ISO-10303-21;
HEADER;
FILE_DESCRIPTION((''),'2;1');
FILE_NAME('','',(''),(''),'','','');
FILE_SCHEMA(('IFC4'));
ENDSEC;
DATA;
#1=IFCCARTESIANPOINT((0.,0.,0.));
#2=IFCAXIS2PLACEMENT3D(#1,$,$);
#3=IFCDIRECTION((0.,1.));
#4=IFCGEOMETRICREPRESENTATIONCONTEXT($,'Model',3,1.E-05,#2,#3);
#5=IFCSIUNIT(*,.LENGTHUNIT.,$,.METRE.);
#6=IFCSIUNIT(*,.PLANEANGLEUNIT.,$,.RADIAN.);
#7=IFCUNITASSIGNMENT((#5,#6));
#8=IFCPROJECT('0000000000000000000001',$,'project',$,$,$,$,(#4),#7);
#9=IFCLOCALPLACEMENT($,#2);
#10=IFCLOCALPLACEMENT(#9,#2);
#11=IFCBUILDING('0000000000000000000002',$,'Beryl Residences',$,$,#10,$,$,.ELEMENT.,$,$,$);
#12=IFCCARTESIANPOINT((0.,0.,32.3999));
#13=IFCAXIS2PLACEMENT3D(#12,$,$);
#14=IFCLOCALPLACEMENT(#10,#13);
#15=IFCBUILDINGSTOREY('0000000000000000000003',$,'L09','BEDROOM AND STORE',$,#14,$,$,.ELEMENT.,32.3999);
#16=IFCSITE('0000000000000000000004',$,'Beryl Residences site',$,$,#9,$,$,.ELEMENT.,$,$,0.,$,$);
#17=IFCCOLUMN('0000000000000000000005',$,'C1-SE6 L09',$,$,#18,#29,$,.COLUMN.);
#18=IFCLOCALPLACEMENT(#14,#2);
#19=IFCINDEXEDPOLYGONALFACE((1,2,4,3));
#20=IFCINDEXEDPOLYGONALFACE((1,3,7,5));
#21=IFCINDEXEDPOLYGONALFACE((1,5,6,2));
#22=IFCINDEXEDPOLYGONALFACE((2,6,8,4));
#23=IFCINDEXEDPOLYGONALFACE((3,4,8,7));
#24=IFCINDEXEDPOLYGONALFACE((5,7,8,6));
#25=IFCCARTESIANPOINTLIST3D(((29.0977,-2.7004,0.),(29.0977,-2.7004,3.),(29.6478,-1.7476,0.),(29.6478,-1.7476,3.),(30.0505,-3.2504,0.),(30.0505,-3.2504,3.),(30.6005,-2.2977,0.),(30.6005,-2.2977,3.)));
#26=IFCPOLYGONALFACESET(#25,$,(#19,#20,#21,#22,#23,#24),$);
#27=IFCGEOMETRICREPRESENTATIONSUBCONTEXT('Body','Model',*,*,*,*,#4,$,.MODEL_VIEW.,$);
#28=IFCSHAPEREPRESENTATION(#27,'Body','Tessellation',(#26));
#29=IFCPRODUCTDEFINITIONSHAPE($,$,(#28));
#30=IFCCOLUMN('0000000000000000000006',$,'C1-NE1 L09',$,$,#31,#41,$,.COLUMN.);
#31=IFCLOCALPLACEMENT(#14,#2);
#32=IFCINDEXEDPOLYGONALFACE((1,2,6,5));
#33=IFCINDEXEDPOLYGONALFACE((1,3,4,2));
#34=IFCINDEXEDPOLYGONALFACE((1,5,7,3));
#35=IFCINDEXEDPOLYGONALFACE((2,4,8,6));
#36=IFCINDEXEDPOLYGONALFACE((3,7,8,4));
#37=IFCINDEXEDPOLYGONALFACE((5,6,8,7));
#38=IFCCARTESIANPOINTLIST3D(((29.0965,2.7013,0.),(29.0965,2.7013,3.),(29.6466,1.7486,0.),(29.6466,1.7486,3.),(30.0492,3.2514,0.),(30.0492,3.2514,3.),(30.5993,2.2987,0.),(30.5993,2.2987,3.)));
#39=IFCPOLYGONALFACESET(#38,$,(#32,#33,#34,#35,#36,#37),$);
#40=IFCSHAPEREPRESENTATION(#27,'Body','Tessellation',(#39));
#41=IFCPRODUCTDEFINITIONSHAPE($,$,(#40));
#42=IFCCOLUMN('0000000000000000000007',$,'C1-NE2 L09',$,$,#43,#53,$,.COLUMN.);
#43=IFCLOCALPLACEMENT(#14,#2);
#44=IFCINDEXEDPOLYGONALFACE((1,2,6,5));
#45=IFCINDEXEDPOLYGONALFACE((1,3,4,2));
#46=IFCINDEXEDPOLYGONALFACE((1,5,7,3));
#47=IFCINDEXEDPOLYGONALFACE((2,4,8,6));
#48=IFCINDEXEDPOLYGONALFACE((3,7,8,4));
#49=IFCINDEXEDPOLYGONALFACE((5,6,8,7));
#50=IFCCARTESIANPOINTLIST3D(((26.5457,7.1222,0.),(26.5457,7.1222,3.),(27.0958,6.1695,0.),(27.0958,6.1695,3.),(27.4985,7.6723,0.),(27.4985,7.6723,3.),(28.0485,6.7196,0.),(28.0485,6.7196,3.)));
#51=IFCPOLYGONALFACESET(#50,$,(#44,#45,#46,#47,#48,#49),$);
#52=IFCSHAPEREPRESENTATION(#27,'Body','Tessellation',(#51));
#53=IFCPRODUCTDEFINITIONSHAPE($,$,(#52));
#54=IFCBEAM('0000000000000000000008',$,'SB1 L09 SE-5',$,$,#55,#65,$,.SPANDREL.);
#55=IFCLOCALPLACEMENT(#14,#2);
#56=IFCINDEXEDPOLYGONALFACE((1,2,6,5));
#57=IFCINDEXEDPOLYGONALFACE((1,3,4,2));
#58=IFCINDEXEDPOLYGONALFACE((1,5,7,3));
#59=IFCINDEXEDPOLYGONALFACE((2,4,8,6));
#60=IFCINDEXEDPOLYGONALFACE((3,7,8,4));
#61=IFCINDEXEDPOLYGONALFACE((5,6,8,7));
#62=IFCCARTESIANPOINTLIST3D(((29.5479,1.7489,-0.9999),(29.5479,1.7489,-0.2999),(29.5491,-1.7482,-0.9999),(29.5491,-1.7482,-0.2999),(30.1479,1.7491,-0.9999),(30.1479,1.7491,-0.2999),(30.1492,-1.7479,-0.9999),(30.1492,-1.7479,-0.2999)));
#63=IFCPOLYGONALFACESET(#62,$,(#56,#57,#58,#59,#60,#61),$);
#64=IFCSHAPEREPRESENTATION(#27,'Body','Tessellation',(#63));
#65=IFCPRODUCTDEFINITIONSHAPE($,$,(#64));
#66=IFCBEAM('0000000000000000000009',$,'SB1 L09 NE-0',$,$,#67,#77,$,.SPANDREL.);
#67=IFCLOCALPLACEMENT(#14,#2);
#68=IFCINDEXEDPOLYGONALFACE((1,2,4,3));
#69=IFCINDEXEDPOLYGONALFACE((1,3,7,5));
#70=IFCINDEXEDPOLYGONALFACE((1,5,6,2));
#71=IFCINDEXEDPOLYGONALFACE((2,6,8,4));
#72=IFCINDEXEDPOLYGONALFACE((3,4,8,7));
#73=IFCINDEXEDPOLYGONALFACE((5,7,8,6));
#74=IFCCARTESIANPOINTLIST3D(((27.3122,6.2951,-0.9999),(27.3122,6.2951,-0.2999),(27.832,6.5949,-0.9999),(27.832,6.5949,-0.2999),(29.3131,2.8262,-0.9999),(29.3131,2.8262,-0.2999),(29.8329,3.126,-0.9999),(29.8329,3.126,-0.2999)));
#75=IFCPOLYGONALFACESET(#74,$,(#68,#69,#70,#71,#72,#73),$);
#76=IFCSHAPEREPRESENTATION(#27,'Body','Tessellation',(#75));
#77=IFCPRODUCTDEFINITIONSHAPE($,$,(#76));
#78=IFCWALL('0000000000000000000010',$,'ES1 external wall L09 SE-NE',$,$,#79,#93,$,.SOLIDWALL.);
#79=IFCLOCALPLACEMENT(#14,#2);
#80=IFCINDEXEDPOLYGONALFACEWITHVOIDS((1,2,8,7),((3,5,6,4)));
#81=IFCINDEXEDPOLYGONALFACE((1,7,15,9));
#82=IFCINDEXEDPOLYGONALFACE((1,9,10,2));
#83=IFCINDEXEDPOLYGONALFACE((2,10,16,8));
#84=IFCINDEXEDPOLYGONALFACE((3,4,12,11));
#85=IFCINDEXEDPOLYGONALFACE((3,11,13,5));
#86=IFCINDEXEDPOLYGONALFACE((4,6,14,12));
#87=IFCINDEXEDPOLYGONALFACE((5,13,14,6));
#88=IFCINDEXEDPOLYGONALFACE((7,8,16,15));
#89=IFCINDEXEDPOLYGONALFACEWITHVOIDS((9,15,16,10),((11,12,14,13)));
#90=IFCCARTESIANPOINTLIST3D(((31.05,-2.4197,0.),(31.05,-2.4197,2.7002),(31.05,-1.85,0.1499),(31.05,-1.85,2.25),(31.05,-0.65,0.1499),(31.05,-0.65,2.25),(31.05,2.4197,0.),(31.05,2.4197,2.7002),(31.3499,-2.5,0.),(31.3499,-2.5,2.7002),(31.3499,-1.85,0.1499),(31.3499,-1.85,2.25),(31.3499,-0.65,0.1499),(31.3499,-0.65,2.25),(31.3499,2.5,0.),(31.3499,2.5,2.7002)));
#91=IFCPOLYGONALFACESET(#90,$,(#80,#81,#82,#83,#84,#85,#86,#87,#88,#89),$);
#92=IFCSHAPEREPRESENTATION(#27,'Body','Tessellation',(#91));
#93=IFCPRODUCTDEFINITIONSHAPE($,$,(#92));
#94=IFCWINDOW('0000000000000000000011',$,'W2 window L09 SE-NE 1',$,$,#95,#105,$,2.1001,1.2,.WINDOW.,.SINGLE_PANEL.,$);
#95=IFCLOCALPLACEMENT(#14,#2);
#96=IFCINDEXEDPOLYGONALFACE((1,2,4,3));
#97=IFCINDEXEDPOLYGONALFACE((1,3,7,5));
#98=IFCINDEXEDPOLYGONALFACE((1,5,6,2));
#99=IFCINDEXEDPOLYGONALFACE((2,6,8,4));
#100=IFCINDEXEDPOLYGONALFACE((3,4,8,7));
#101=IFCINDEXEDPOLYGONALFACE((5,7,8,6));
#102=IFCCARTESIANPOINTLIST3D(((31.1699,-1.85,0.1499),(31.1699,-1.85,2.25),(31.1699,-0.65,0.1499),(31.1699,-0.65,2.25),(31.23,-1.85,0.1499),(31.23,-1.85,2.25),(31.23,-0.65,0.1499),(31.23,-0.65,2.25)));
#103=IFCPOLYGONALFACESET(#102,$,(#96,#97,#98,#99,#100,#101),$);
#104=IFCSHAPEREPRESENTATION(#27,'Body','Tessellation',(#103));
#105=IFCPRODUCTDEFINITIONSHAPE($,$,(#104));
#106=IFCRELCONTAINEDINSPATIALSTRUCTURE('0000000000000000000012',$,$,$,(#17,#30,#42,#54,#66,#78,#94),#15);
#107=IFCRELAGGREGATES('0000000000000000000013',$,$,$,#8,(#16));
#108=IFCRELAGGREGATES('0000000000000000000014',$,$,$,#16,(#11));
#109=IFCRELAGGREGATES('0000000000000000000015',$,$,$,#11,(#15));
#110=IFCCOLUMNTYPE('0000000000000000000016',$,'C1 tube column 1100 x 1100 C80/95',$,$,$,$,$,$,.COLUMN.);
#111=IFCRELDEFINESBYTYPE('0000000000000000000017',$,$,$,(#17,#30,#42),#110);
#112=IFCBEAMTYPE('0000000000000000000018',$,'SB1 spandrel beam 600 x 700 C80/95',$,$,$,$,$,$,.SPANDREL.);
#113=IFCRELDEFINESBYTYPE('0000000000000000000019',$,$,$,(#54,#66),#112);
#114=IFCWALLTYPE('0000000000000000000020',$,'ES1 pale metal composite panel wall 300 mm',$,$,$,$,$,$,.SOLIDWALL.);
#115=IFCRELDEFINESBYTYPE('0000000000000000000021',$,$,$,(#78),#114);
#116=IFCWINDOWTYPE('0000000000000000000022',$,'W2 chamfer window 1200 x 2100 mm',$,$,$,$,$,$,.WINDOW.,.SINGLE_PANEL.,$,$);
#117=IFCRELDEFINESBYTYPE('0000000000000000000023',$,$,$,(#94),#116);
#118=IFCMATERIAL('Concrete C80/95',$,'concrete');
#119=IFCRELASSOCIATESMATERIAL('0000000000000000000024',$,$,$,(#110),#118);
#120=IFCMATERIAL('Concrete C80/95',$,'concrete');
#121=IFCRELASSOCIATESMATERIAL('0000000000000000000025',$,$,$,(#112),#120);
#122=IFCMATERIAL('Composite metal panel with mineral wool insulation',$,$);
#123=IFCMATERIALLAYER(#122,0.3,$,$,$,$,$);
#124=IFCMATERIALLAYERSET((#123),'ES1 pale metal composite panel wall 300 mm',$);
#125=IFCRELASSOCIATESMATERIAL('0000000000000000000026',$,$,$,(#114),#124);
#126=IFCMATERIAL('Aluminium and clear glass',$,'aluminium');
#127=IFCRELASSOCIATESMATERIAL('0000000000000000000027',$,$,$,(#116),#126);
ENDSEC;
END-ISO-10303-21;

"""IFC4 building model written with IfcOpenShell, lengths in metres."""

from ifc_helpers import new_model, si_unit, direction, frame, frame_2d, origin, origin_2d, place, context, subcontext, project, spatial, polyline, rectangle, outline, extrude, material, layer, layer_set, material_profile, profile_set, type_object, element, fill, save


model = new_model("IFC4")

# Units and contexts
model_context = context("Model", 3, precision=1e-05, world=origin(), true_north=direction((0.0, 1.0)))
body_context = subcontext(model_context, "Body", "Model", "MODEL_VIEW")
ifc_project = project(units=[si_unit("LENGTHUNIT", "METRE"), si_unit("PLANEANGLEUNIT", "RADIAN")], contexts=[model_context])

# Site, building, storey
site_placement = place(None, origin())
site = spatial("IfcSite", under=ifc_project, at=site_placement, Name="Beryl Residences site", CompositionType="ELEMENT", RefElevation=0.0)
building_placement = place(site_placement, origin())
building = spatial("IfcBuilding", under=site, at=building_placement, Name="Beryl Residences", CompositionType="ELEMENT")
storey_placement = place(building_placement, frame((0.0, 0.0, 32.3999)))
storey = spatial("IfcBuildingStorey", under=building, at=storey_placement, Name="L09", Description="BEDROOM AND STORE", CompositionType="ELEMENT", Elevation=32.3999)

# Columns
ifc_material_1 = material(Name="Concrete C80/95", Category="concrete")
ifc_material_profile_1 = material_profile(ifc_material_1, rectangle(XDim=1.1001, YDim=1.1001, at=origin_2d()))
ifc_profile_set_1 = profile_set([ifc_material_profile_1], Name="Concrete C80/95")
column_type = type_object("IfcColumnType", Name="C1 tube column 1100 x 1100 C80/95", PredefinedType="COLUMN", material=ifc_profile_set_1)
for number, where, z_axis, x_axis, name in (
    (1, (29.8491, -2.499, 0.0), (0.0, 0.0, 1.0), (0.499985, 0.866034, 0.0), "C1-SE6 L09"),
    (2, (29.8479, 2.5, 0.0), (0.0, 0.0, 1.0), (-0.499985, 0.866034, 0.0), "C1-NE1 L09"),
    (3, (27.2971, 6.9209, 0.0), (0.0, 0.0, 1.0), (-0.499985, 0.866034, 0.0), "C1-NE2 L09"),
):
    element("IfcColumn", number, at=place(storey_placement, frame(where, z_axis=z_axis, x_axis=x_axis)), inside=storey, type_object=column_type, Name=name, PredefinedType="COLUMN", context=body_context, shape_type="SweptSolid", body=[
        extrude(rectangle(XDim=1.1001, YDim=1.1001, at=origin_2d()), origin(), (0.0, 0.0, 1.0), 3.0),
    ])

# Beams
ifc_material_2 = material(Name="Concrete C80/95", Category="concrete")
ifc_material_profile_2 = material_profile(ifc_material_2, rectangle(XDim=0.6001, YDim=0.7, at=origin_2d()))
ifc_profile_set_2 = profile_set([ifc_material_profile_2], Name="Concrete C80/95")
beam_type = type_object("IfcBeamType", Name="SB1 spandrel beam 600 x 700 C80/95", PredefinedType="SPANDREL", material=ifc_profile_set_2)
beam_1_placement = place(storey_placement, frame((29.8491, -1.748, -0.6499), z_axis=(-0.000349, 1.0, 0.0), x_axis=(-1.0, -0.000349, 0.0)))
element("IfcBeam", 4, at=beam_1_placement, inside=storey, type_object=beam_type, Name="SB1 L09 SE-5", PredefinedType="SPANDREL", context=body_context, shape_type="SweptSolid", body=[
    extrude(rectangle(XDim=0.6001, YDim=0.7, at=origin_2d()), origin(), (0.0, 0.0, 1.0), 3.4971),
])
beam_2_placement = place(storey_placement, frame((29.573, 2.9761, -0.6499), z_axis=(-0.499654, 0.866225, 0.0), x_axis=(-0.866225, -0.499654, 0.0)))
element("IfcBeam", 5, at=beam_2_placement, inside=storey, type_object=beam_type, Name="SB1 L09 NE-0", PredefinedType="SPANDREL", context=body_context, shape_type="SweptSolid", body=[
    extrude(rectangle(XDim=0.6001, YDim=0.7, at=origin_2d()), origin(), (0.0, 0.0, 1.0), 4.0046),
])

# Wall, opening, window
ifc_material_3 = material(Name="Composite metal panel with mineral wool insulation")
ifc_layer = layer(ifc_material_3, 0.3)
ifc_layer_set = layer_set([ifc_layer], Name="ES1 pale metal composite panel wall 300 mm")
wall_type = type_object("IfcWallType", Name="ES1 pale metal composite panel wall 300 mm", PredefinedType="SOLIDWALL", material=ifc_layer_set)
wall_1_placement = place(storey_placement, frame((31.2, -2.5, 0.0), z_axis=(0.0, 0.0, 1.0), x_axis=(0.0, 1.0, 0.0)))
wall_1 = element("IfcWall", 6, at=wall_1_placement, inside=storey, type_object=wall_type, Name="ES1 external wall L09 SE-NE", PredefinedType="SOLIDWALL", context=body_context, shape_type="SweptSolid", body=[
    extrude(outline(polyline([(0.0, -0.1499), (5.0, -0.1499), (4.9197, 0.1499), (0.0803, 0.1499), (0.0, -0.1499)])), origin(), (0.0, 0.0, 1.0), 2.7002),
])
opening_1_placement = place(wall_1_placement, frame((0.6499, 0.0, 0.1499)))
opening_1 = element("IfcOpeningElement", 7, at=opening_1_placement, cuts=wall_1, PredefinedType="OPENING", context=body_context, shape_type="SweptSolid", body=[
    extrude(rectangle(XDim=1.2, YDim=2.1001, at=frame_2d((0.6001, 1.05))), frame((0.0, 0.1599, 0.0), z_axis=(0.0, -1.0, 0.0), x_axis=(1.0, 0.0, 0.0)), (0.0, 0.0, 1.0), 0.3201),
])
ifc_material_4 = material(Name="Aluminium and clear glass", Category="aluminium")
window_type_1 = type_object("IfcWindowType", Name="W2 chamfer window 1200 x 2100 mm", PartitioningType="SINGLE_PANEL", PredefinedType="WINDOW", material=ifc_material_4)
window_1_placement = place(opening_1_placement, origin())
window_1 = element("IfcWindow", 8, at=window_1_placement, inside=storey, type_object=window_type_1, Name="W2 window L09 SE-NE 1", OverallHeight=2.1001, OverallWidth=1.2, PartitioningType="SINGLE_PANEL", PredefinedType="WINDOW", context=body_context, shape_type="SweptSolid", body=[
    extrude(rectangle(XDim=1.2, YDim=2.1001, at=frame_2d((0.6001, 1.05))), frame((0.0, 0.03, 0.0), z_axis=(0.0, -1.0, 0.0), x_axis=(1.0, 0.0, 0.0)), (0.0, 0.0, 1.0), 0.0601),
])
fill(opening_1, window_1)

save(model, "model.ifc")
